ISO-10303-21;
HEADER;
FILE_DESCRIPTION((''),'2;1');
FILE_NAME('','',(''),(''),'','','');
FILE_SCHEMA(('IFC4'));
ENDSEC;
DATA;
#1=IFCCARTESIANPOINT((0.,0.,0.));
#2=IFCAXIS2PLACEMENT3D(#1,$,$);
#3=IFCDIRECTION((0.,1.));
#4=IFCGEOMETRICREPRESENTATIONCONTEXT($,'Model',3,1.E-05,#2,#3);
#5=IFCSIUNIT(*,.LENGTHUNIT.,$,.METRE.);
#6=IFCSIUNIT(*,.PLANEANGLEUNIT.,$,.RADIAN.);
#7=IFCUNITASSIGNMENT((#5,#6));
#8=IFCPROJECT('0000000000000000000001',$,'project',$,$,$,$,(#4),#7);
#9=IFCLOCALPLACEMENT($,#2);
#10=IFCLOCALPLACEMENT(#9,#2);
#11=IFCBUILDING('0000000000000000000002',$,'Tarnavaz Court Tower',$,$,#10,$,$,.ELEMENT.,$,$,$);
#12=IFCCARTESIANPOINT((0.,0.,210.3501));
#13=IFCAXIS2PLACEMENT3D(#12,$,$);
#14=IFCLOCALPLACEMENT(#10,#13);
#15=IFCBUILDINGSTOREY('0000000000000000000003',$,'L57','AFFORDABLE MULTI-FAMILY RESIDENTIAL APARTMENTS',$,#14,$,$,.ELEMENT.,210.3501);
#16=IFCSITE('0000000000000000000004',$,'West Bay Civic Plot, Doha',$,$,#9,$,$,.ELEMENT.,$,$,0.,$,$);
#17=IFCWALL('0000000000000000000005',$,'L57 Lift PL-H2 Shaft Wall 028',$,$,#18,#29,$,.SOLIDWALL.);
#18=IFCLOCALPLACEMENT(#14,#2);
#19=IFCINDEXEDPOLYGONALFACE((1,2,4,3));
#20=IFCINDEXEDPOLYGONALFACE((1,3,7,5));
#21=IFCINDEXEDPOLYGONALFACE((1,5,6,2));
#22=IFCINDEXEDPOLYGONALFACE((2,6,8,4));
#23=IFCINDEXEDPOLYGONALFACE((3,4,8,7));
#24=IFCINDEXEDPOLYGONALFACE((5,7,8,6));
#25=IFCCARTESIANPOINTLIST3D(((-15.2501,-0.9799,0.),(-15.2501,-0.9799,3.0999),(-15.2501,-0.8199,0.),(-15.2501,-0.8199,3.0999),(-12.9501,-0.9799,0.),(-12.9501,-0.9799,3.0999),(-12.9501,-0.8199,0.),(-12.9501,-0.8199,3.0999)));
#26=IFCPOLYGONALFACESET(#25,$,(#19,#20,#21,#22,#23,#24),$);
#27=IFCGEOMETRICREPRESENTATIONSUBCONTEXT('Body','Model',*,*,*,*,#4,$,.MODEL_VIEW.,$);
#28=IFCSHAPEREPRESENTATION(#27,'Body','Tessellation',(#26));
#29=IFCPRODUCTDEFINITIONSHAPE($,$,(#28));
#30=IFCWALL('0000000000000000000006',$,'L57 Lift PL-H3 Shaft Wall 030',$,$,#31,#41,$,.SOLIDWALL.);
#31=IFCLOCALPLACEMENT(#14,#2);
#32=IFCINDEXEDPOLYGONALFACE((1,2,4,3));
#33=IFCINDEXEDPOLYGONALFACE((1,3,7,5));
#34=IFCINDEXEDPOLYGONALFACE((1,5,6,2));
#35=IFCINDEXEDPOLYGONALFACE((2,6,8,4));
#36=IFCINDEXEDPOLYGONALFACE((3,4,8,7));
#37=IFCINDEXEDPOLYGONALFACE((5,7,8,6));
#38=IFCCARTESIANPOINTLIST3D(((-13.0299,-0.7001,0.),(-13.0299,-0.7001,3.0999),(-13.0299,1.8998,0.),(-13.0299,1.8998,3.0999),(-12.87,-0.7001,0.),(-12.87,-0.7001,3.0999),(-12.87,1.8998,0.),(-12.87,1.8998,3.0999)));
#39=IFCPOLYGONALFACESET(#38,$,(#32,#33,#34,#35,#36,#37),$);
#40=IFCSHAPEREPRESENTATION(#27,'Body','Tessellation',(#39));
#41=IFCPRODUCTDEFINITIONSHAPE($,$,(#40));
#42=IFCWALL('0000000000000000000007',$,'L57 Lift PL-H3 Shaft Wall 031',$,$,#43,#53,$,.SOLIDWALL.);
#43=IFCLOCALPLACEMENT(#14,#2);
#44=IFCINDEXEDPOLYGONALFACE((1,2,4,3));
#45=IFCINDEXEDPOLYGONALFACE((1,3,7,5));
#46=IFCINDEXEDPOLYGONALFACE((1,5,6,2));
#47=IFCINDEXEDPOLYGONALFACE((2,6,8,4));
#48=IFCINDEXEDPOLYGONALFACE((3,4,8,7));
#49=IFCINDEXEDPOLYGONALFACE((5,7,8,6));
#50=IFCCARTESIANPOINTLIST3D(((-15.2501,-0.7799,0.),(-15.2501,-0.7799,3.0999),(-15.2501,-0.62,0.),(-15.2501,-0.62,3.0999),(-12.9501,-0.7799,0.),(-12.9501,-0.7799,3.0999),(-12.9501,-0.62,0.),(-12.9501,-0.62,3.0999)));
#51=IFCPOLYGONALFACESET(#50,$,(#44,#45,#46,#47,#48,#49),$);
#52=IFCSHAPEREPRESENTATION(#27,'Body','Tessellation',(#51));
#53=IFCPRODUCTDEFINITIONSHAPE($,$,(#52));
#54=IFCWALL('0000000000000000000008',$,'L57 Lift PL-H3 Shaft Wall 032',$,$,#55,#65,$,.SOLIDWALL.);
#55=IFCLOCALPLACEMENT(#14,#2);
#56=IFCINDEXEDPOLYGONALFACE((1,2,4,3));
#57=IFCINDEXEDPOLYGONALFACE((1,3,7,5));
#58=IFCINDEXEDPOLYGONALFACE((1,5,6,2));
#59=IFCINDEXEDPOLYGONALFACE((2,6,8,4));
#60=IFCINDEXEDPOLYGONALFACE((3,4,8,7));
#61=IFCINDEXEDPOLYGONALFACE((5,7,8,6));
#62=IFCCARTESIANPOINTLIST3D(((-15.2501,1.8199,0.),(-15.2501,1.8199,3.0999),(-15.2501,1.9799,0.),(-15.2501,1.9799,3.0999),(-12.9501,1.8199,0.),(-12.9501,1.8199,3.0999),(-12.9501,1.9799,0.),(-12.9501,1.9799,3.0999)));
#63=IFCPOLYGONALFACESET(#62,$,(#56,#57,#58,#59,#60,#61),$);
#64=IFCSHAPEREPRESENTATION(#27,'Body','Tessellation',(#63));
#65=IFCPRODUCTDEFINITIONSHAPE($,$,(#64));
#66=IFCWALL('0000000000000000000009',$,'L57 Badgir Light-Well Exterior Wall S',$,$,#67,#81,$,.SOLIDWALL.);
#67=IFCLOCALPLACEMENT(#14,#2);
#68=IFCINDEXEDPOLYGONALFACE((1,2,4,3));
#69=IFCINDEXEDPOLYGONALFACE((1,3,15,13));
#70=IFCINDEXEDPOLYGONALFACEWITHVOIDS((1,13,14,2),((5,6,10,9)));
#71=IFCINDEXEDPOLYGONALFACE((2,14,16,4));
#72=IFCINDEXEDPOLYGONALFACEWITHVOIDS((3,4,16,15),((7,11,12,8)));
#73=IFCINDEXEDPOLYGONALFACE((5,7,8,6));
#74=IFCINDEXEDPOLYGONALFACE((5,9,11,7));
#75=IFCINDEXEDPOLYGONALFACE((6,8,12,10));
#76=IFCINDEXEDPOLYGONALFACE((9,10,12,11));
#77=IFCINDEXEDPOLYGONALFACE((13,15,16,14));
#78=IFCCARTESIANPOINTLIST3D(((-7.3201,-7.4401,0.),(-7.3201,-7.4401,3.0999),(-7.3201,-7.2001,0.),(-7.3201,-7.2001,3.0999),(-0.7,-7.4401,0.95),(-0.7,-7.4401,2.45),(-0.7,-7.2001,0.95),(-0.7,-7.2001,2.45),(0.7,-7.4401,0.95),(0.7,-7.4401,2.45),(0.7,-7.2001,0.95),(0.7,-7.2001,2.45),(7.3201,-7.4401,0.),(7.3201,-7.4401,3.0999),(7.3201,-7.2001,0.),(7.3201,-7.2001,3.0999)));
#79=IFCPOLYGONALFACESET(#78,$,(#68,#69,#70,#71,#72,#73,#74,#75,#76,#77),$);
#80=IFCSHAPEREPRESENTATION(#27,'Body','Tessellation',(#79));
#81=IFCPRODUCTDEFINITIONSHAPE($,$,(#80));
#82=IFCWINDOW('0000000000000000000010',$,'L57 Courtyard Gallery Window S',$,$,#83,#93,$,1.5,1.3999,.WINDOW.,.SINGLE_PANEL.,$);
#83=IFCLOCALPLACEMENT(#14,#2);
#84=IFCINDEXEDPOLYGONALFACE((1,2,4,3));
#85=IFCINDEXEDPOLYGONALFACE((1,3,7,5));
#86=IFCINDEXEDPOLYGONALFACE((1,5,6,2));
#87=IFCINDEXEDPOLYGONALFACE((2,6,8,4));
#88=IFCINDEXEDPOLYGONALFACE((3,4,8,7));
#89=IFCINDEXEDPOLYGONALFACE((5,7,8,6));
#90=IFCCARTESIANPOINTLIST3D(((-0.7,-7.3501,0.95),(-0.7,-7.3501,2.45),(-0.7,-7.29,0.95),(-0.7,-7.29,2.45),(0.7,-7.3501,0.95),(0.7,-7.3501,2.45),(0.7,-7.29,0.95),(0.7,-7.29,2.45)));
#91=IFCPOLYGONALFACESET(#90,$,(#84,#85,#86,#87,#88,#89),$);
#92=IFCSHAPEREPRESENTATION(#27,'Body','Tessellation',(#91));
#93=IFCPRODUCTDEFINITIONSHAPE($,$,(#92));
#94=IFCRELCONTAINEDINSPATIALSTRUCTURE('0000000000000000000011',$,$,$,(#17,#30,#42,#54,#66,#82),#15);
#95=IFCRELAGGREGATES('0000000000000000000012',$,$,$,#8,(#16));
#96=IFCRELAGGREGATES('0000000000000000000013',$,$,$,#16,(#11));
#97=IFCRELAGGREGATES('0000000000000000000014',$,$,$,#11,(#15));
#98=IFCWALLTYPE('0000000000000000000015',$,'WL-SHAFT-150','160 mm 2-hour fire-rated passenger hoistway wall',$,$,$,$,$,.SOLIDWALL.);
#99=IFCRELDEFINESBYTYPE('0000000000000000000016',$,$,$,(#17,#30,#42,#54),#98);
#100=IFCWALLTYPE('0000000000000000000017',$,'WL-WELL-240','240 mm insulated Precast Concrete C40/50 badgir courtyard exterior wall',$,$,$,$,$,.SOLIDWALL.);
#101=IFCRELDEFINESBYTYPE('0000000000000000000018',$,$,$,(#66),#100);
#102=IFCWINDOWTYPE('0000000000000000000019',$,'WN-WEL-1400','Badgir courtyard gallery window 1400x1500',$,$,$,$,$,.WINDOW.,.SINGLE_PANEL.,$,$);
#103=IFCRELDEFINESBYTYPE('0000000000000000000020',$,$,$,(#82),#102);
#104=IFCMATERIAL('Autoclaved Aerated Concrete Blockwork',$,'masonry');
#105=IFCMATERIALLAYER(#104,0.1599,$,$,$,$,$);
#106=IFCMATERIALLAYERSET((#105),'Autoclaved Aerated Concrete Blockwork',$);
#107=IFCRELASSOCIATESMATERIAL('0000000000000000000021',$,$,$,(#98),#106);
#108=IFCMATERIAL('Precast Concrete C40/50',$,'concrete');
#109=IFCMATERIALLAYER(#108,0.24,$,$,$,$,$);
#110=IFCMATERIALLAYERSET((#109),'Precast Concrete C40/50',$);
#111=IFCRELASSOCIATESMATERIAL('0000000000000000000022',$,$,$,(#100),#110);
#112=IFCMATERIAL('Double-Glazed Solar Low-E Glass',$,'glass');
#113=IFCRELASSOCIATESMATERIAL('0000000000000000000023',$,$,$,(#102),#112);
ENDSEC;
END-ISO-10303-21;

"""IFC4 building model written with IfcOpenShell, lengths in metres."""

from ifc_helpers import new_model, si_unit, direction, frame, frame_2d, origin, place, context, subcontext, project, spatial, rectangle, extrude, material, layer, layer_set, type_object, element, fill, save


model = new_model("IFC4")

# Units and contexts
model_context = context("Model", 3, precision=1e-05, world=origin(), true_north=direction((0.0, 1.0)))
body_context = subcontext(model_context, "Body", "Model", "MODEL_VIEW")
ifc_project = project(units=[si_unit("LENGTHUNIT", "METRE"), si_unit("PLANEANGLEUNIT", "RADIAN")], contexts=[model_context])

# Site, building, storey
site_placement = place(None, origin())
site = spatial("IfcSite", under=ifc_project, at=site_placement, Name="West Bay Civic Plot, Doha", CompositionType="ELEMENT", RefElevation=0.0)
building_placement = place(site_placement, origin())
building = spatial("IfcBuilding", under=site, at=building_placement, Name="Tarnavaz Court Tower", CompositionType="ELEMENT")
storey_placement = place(building_placement, frame((0.0, 0.0, 210.3501)))
storey = spatial("IfcBuildingStorey", under=building, at=storey_placement, Name="L57", Description="AFFORDABLE MULTI-FAMILY RESIDENTIAL APARTMENTS", CompositionType="ELEMENT", Elevation=210.3501)

# Shared definitions
ifc_material_1 = material(Name="Autoclaved Aerated Concrete Blockwork", Category="masonry")

# Shared definitions
ifc_layer_1 = layer(ifc_material_1, 0.1599)
ifc_layer_set_1 = layer_set([ifc_layer_1], Name="Autoclaved Aerated Concrete Blockwork")
wall_type_1 = type_object("IfcWallType", Name="WL-SHAFT-150", Description="160 mm 2-hour fire-rated passenger hoistway wall", PredefinedType="SOLIDWALL", material=ifc_layer_set_1)

# Wall
for number, where, z_axis, x_axis, name in (
    (1, (-15.25, -0.8999, 0.0), (0.0, 0.0, 1.0), (1.0, 0.0, 0.0), "L57 Lift PL-H2 Shaft Wall 028"),
):
    element("IfcWall", number, at=place(storey_placement, frame(where, z_axis=z_axis, x_axis=x_axis)), inside=storey, type_object=wall_type_1, Name=name, PredefinedType="SOLIDWALL", context=body_context, shape_type="SweptSolid", body=[
        extrude(rectangle(XDim=2.3, YDim=0.1599, at=frame_2d((1.1499, 0.0))), origin(), (0.0, 0.0, 1.0), 3.0999),
    ])

# Walls
wall_1_placement = place(storey_placement, frame((-12.95, -0.7, 0.0), z_axis=(0.0, 0.0, 1.0), x_axis=(0.0, 1.0, 0.0)))
element("IfcWall", 2, at=wall_1_placement, inside=storey, type_object=wall_type_1, Name="L57 Lift PL-H3 Shaft Wall 030", PredefinedType="SOLIDWALL", context=body_context, shape_type="SweptSolid", body=[
    extrude(rectangle(XDim=2.5999, YDim=0.1599, at=frame_2d((1.2998, 0.0))), origin(), (0.0, 0.0, 1.0), 3.0999),
])
for number, where, z_axis, x_axis, name in (
    (3, (-15.25, -0.7, 0.0), (0.0, 0.0, 1.0), (1.0, 0.0, 0.0), "L57 Lift PL-H3 Shaft Wall 031"),
    (4, (-15.25, 1.8999, 0.0), (0.0, 0.0, 1.0), (1.0, 0.0, 0.0), "L57 Lift PL-H3 Shaft Wall 032"),
):
    element("IfcWall", number, at=place(storey_placement, frame(where, z_axis=z_axis, x_axis=x_axis)), inside=storey, type_object=wall_type_1, Name=name, PredefinedType="SOLIDWALL", context=body_context, shape_type="SweptSolid", body=[
        extrude(rectangle(XDim=2.3, YDim=0.1599, at=frame_2d((1.1499, 0.0))), origin(), (0.0, 0.0, 1.0), 3.0999),
    ])

# Wall, opening, window
ifc_material_2 = material(Name="Precast Concrete C40/50", Category="concrete")
ifc_layer_2 = layer(ifc_material_2, 0.24)
ifc_layer_set_2 = layer_set([ifc_layer_2], Name="Precast Concrete C40/50")
wall_type_2 = type_object("IfcWallType", Name="WL-WELL-240", Description="240 mm insulated Precast Concrete C40/50 badgir courtyard exterior wall", PredefinedType="SOLIDWALL", material=ifc_layer_set_2)
wall_2_placement = place(storey_placement, frame((-7.3201, -7.3201, 0.0), z_axis=(0.0, 0.0, 1.0), x_axis=(1.0, 0.0, 0.0)))
wall_2 = element("IfcWall", 5, at=wall_2_placement, inside=storey, type_object=wall_type_2, Name="L57 Badgir Light-Well Exterior Wall S", PredefinedType="SOLIDWALL", context=body_context, shape_type="SweptSolid", body=[
    extrude(rectangle(XDim=14.6401, YDim=0.24, at=frame_2d((7.3201, 0.0))), origin(), (0.0, 0.0, 1.0), 3.0999),
])
opening_1_placement = place(wall_2_placement, frame((6.6201, 0.0, 0.95)))
opening_1 = element("IfcOpeningElement", 6, at=opening_1_placement, cuts=wall_2, PredefinedType="OPENING", context=body_context, shape_type="SweptSolid", body=[
    extrude(rectangle(XDim=1.3999, YDim=1.5, at=frame_2d((0.7, 0.75))), frame((0.0, 0.1299, 0.0), z_axis=(0.0, -1.0, 0.0), x_axis=(1.0, 0.0, 0.0)), (0.0, 0.0, 1.0), 0.26),
])
ifc_material_3 = material(Name="Double-Glazed Solar Low-E Glass", Category="glass")
window_type = type_object("IfcWindowType", Name="WN-WEL-1400", Description="Badgir courtyard gallery window 1400x1500", PartitioningType="SINGLE_PANEL", PredefinedType="WINDOW", material=ifc_material_3)
window_placement = place(opening_1_placement, origin())
window = element("IfcWindow", 7, at=window_placement, inside=storey, type_object=window_type, Name="L57 Courtyard Gallery Window S", OverallHeight=1.5, OverallWidth=1.3999, PartitioningType="SINGLE_PANEL", PredefinedType="WINDOW", context=body_context, shape_type="SweptSolid", body=[
    extrude(rectangle(XDim=1.3999, YDim=1.5, at=frame_2d((0.7, 0.75))), frame((0.0, 0.03, 0.0), z_axis=(0.0, -1.0, 0.0), x_axis=(1.0, 0.0, 0.0)), (0.0, 0.0, 1.0), 0.0601),
])
fill(opening_1, window)

save(model, "model.ifc")
